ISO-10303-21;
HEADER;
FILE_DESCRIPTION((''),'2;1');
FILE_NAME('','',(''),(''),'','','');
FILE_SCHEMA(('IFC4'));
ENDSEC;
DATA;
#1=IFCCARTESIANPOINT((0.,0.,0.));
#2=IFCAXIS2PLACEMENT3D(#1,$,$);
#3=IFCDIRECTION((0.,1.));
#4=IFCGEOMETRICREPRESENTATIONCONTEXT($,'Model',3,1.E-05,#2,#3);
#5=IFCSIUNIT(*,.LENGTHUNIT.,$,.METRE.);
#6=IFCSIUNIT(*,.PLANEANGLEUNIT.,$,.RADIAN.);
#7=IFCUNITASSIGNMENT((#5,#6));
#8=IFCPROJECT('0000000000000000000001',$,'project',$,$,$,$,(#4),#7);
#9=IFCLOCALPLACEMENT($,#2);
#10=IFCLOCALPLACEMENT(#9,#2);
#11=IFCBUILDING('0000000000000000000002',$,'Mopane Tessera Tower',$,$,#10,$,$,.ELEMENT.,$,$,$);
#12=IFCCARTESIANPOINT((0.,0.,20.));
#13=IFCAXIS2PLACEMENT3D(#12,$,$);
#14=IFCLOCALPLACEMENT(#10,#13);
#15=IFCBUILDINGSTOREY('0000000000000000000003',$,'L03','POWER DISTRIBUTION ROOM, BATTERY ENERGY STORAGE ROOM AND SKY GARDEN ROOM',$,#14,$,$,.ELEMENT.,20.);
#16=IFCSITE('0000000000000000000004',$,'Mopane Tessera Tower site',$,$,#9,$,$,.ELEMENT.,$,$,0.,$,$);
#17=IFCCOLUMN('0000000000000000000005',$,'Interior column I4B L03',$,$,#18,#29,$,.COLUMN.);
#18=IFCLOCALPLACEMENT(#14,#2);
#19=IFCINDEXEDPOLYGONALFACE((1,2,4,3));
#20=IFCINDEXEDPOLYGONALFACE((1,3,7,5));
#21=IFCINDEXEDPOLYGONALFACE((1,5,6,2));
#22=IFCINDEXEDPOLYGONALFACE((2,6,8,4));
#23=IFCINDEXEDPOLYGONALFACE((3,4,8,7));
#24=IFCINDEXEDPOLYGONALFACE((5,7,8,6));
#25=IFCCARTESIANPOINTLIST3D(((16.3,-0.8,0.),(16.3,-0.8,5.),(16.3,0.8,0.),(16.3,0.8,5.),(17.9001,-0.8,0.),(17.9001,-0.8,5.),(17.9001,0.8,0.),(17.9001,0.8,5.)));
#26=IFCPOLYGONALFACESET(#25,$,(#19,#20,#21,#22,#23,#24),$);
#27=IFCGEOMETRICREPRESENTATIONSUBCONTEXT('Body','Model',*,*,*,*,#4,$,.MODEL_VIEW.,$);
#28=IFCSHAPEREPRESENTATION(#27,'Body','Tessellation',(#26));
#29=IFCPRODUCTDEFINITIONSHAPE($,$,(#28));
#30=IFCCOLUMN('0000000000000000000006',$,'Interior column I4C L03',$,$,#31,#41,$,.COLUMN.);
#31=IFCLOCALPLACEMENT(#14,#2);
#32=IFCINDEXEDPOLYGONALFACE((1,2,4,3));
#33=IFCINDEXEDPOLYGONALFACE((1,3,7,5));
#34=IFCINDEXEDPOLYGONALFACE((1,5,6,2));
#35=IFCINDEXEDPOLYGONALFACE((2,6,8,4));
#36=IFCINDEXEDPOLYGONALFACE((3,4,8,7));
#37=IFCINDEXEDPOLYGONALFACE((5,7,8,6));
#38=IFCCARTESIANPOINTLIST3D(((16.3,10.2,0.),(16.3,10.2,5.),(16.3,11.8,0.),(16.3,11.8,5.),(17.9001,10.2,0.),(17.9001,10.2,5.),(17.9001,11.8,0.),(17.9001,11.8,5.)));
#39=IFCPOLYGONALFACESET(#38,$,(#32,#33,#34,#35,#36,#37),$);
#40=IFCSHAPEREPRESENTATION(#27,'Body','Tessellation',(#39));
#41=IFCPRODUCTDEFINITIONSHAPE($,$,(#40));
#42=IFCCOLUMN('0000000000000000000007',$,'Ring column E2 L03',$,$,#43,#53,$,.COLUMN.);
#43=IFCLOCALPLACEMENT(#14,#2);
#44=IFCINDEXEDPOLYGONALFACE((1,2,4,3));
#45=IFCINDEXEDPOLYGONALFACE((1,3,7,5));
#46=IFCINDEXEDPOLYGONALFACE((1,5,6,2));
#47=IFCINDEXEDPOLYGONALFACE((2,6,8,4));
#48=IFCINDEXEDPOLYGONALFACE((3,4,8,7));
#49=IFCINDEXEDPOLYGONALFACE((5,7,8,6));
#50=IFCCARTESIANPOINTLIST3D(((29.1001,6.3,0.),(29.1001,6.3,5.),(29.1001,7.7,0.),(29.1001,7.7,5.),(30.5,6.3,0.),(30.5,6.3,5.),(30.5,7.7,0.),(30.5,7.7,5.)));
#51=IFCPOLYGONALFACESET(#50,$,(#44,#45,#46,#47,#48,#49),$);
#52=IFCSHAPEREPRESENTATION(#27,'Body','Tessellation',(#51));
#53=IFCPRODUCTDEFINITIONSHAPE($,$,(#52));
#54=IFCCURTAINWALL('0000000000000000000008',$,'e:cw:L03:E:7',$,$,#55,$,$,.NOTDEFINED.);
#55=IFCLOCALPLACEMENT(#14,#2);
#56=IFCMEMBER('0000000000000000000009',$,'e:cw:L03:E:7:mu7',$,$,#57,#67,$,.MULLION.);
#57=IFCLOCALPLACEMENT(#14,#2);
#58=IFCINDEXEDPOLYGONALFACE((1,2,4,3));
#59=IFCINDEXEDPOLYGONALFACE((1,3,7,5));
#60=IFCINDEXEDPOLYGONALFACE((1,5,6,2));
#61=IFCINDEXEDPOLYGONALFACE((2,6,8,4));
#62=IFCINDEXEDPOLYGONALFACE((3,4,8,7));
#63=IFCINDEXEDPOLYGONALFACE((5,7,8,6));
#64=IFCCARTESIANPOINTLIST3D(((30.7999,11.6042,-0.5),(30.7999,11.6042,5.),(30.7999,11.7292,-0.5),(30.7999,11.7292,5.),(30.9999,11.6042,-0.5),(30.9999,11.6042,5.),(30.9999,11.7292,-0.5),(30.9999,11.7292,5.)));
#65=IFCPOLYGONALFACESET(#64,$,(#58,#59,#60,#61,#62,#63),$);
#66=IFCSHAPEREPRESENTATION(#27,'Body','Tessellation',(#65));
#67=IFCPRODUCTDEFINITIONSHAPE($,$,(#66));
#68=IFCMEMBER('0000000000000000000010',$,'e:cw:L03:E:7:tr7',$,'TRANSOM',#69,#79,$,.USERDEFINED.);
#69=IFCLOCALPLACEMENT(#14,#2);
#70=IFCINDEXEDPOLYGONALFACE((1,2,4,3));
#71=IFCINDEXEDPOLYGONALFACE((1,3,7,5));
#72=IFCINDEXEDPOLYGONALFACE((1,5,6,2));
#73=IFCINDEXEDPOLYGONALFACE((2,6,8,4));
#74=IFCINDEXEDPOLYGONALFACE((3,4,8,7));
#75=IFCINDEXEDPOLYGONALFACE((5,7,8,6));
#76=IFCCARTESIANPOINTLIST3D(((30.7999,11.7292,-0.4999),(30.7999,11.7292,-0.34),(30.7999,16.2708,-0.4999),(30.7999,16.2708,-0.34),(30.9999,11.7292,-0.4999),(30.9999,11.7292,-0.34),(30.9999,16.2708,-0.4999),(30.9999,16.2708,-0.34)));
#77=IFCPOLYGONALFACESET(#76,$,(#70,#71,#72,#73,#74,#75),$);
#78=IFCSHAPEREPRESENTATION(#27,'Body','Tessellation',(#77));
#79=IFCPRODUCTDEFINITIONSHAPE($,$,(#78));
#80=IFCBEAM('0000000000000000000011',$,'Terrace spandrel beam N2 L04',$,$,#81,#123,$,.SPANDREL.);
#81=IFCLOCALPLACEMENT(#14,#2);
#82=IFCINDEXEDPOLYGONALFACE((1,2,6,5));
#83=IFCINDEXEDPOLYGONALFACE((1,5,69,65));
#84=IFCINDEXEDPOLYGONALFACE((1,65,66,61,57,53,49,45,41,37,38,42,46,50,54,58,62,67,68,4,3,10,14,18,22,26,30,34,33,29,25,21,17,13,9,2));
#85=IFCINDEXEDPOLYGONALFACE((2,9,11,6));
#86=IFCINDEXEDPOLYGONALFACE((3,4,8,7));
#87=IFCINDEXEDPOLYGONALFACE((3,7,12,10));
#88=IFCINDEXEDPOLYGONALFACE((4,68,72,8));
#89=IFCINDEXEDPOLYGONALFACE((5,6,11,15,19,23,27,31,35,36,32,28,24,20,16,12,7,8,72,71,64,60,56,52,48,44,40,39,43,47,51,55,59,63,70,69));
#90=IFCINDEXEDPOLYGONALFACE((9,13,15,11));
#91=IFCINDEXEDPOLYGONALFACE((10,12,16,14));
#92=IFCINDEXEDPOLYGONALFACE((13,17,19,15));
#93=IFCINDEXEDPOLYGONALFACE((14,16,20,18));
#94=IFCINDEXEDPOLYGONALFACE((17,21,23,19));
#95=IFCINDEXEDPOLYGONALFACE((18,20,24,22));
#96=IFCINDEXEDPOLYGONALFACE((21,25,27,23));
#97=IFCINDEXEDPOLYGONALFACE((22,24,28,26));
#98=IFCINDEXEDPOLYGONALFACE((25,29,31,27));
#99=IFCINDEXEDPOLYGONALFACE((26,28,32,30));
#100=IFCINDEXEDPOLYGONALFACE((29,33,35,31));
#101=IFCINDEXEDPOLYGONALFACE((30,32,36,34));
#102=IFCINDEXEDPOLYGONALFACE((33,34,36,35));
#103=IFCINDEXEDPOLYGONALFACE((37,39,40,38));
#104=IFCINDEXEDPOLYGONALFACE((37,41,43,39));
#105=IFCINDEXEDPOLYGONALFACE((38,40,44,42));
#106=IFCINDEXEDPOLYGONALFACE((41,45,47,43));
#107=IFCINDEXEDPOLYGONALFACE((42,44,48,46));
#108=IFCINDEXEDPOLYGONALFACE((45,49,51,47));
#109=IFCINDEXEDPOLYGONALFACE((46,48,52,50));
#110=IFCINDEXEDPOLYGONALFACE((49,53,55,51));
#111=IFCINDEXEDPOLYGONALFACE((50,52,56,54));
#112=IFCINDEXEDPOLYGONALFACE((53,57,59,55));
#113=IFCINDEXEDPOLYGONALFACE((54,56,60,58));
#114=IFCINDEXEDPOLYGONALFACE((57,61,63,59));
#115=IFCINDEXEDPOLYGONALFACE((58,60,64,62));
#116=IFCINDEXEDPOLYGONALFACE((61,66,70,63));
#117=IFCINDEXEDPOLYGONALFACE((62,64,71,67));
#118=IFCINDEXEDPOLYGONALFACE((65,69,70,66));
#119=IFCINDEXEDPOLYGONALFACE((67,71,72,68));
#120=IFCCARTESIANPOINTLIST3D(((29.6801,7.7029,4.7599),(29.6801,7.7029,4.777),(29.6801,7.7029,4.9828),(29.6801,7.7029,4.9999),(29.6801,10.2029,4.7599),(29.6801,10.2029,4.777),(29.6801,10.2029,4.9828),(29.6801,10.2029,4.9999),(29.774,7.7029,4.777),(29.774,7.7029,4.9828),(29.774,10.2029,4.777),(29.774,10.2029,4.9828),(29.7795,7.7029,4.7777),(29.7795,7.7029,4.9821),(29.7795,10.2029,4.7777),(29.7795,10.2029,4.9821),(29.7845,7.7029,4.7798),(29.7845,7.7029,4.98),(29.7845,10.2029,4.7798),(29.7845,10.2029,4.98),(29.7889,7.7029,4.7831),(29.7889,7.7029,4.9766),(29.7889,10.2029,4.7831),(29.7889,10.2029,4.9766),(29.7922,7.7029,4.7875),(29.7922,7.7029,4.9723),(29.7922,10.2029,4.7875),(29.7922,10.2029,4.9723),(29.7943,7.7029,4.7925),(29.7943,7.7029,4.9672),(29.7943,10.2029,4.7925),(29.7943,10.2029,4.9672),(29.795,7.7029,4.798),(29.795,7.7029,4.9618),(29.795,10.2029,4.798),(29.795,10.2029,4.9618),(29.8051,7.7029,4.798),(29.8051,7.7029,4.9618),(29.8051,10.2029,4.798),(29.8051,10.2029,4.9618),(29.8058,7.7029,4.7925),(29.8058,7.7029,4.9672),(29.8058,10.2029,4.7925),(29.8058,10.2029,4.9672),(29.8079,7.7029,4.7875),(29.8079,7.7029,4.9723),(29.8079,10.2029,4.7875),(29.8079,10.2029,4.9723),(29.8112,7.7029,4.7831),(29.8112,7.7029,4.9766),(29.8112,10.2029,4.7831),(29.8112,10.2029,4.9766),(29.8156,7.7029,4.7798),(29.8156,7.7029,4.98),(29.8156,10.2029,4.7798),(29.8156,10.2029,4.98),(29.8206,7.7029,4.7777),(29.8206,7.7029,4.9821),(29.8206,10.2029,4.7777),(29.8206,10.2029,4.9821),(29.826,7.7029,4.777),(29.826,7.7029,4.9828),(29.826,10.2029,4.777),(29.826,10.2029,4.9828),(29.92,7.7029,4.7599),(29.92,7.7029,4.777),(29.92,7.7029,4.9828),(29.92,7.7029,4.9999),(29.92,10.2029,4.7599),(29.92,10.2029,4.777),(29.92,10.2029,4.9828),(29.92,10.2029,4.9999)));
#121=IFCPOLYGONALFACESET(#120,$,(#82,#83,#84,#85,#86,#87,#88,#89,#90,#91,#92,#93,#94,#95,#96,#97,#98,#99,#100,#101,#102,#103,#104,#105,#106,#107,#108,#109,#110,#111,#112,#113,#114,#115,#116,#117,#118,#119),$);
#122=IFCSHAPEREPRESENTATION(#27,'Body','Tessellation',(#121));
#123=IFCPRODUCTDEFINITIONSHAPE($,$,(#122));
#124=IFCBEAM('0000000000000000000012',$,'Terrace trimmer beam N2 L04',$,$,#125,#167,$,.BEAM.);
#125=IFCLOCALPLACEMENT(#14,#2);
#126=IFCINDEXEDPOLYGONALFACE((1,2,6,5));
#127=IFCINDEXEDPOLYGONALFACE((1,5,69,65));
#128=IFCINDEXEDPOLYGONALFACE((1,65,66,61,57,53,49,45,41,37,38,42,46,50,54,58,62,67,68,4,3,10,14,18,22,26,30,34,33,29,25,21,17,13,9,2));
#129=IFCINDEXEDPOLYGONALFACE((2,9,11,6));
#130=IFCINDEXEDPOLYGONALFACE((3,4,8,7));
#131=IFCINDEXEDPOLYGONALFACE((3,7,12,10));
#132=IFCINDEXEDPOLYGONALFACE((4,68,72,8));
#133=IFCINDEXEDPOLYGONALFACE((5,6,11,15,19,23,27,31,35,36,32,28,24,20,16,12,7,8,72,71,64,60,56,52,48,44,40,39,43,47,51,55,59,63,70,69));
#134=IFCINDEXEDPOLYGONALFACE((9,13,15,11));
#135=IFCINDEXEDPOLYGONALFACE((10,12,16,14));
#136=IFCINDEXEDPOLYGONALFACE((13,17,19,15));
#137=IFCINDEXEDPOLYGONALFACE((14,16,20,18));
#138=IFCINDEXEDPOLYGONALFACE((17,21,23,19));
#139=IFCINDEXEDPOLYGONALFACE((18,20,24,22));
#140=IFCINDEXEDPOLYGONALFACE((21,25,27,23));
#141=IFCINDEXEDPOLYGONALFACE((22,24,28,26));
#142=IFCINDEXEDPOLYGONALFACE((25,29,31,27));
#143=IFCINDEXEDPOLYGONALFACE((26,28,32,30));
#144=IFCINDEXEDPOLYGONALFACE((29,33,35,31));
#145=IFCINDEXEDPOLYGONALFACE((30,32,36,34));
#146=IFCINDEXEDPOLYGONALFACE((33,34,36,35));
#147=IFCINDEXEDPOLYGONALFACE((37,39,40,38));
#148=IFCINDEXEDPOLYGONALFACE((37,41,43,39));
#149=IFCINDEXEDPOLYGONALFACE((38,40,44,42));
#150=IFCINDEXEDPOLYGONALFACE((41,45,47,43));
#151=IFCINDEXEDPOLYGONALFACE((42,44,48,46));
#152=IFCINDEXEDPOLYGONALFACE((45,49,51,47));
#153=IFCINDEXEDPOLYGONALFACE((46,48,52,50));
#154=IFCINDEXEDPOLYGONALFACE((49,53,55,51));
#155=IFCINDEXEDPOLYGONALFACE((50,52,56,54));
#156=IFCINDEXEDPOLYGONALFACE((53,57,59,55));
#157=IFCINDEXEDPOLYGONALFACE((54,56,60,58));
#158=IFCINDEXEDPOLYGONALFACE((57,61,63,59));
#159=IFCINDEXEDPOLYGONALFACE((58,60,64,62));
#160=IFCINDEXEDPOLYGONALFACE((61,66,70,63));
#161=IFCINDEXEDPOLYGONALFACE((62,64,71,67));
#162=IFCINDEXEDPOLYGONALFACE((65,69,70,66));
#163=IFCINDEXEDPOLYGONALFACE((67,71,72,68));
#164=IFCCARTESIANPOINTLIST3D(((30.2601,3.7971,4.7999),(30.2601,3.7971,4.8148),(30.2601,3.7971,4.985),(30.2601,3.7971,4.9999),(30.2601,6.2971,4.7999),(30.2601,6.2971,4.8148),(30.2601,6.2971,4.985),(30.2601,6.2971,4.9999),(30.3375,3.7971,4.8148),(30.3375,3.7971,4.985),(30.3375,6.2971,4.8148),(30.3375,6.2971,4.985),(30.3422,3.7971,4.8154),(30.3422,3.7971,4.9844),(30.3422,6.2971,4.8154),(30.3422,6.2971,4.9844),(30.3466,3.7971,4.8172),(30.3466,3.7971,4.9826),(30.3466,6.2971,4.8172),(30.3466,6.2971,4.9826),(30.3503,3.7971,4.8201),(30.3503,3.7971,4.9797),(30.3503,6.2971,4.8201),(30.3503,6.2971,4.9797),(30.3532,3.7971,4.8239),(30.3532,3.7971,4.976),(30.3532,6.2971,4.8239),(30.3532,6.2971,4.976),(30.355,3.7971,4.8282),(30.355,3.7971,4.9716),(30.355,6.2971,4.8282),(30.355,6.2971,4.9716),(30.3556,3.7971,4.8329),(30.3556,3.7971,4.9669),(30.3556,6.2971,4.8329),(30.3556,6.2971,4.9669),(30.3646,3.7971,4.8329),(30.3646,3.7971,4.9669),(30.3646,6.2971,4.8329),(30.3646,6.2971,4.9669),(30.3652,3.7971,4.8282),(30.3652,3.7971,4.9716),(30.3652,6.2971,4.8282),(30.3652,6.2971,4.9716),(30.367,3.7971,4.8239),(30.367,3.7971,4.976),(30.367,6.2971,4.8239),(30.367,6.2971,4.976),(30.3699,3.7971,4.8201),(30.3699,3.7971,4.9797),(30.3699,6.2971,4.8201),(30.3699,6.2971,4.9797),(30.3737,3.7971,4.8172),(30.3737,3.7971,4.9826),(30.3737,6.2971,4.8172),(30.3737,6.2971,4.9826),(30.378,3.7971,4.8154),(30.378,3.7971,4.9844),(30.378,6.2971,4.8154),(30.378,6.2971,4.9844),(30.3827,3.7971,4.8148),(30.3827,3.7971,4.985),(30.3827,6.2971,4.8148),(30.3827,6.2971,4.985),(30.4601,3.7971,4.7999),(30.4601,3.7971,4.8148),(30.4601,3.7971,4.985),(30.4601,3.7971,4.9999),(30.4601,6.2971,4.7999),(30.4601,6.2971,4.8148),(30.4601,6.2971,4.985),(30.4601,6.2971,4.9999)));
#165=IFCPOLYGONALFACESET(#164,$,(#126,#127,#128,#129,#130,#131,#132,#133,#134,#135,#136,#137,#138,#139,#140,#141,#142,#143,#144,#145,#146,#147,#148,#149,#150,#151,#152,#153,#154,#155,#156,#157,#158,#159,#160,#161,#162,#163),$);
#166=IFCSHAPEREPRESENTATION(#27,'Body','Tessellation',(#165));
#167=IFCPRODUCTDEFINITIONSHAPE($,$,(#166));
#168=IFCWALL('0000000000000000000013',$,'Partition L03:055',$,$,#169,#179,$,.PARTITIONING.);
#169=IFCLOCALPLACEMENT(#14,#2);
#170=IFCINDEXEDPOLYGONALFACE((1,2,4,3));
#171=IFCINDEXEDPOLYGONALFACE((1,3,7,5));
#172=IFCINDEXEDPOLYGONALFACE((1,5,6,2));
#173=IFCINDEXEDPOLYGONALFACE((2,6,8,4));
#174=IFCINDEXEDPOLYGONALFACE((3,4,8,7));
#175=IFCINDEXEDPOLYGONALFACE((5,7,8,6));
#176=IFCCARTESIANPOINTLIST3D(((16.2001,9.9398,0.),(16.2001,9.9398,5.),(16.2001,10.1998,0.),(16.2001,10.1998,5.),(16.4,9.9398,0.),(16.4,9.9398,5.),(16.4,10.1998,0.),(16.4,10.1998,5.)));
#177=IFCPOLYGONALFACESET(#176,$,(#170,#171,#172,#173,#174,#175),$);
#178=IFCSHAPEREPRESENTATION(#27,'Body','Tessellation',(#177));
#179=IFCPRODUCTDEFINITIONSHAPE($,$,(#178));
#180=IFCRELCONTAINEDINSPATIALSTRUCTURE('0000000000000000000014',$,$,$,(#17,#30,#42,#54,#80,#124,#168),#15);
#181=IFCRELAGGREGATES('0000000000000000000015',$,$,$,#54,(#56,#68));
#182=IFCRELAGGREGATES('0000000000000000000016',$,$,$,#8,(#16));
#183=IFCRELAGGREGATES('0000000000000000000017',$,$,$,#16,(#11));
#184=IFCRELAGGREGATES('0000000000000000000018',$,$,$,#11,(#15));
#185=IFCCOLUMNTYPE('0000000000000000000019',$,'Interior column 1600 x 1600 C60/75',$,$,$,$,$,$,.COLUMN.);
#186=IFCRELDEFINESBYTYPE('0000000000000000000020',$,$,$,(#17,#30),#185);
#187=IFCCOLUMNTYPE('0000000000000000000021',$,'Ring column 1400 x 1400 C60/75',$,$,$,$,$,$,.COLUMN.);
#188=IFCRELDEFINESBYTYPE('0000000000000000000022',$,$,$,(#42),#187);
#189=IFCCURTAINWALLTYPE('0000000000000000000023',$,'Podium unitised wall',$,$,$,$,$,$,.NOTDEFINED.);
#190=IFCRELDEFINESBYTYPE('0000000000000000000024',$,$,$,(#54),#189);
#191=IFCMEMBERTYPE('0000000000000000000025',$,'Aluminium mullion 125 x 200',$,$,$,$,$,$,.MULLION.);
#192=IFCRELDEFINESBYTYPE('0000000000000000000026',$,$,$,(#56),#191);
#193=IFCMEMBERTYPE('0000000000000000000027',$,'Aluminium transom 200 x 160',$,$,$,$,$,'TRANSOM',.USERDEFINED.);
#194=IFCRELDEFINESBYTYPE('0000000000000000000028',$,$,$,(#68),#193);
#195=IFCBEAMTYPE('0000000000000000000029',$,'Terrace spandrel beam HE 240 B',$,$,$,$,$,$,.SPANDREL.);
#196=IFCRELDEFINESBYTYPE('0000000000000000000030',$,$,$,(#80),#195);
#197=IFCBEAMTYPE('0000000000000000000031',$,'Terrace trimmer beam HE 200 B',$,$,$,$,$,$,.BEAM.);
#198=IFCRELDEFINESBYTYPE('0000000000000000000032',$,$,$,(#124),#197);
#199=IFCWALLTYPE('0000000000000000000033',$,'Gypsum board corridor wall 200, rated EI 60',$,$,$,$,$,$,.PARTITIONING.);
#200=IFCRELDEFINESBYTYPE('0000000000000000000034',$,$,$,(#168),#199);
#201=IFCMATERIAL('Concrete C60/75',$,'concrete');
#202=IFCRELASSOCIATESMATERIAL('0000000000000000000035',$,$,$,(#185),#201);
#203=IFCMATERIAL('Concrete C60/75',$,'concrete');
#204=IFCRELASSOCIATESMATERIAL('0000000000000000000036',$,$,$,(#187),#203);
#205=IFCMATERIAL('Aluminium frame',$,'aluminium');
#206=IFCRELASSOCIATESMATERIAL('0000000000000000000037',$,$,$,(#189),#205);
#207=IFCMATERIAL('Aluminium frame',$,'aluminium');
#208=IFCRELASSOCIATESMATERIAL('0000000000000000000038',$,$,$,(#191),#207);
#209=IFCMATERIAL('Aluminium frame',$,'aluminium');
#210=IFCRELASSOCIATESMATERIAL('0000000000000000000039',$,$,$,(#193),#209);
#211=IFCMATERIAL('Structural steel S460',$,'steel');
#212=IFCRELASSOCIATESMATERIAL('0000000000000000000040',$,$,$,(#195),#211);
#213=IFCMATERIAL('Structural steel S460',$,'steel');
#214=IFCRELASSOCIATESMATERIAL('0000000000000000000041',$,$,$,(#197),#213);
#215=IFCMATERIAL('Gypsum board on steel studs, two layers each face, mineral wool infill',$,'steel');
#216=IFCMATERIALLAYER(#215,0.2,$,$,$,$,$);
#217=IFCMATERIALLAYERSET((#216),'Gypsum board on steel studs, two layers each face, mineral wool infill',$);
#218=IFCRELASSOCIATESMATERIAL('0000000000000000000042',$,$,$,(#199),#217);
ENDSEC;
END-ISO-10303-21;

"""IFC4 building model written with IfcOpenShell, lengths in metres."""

from ifc_helpers import new_model, si_unit, direction, frame, frame_2d, origin, origin_2d, place, context, subcontext, project, spatial, rectangle, i_section, extrude, material, layer, layer_set, material_profile, profile_set, type_object, element, aggregate, save


model = new_model("IFC4")

# Units and contexts
model_context = context("Model", 3, precision=1e-05, world=origin(), true_north=direction((0.0, 1.0)))
body_context = subcontext(model_context, "Body", "Model", "MODEL_VIEW")
ifc_project = project(units=[si_unit("LENGTHUNIT", "METRE"), si_unit("PLANEANGLEUNIT", "RADIAN")], contexts=[model_context])

# Site, building, storey
site_placement = place(None, origin())
site = spatial("IfcSite", under=ifc_project, at=site_placement, Name="Mopane Tessera Tower site", CompositionType="ELEMENT", RefElevation=0.0)
building_placement = place(site_placement, origin())
building = spatial("IfcBuilding", under=site, at=building_placement, Name="Mopane Tessera Tower", CompositionType="ELEMENT")
storey_placement = place(building_placement, frame((0.0, 0.0, 20.0)))
storey = spatial("IfcBuildingStorey", under=building, at=storey_placement, Name="L03", Description="POWER DISTRIBUTION ROOM, BATTERY ENERGY STORAGE ROOM AND SKY GARDEN ROOM", CompositionType="ELEMENT", Elevation=20.0)

# Columns
ifc_material_1 = material(Name="Concrete C60/75", Category="concrete")
ifc_material_profile_1 = material_profile(ifc_material_1, rectangle(XDim=1.6001, YDim=1.6001, at=origin_2d()))
ifc_profile_set_1 = profile_set([ifc_material_profile_1], Name="Concrete C60/75")
column_type_1 = type_object("IfcColumnType", Name="Interior column 1600 x 1600 C60/75", PredefinedType="COLUMN", material=ifc_profile_set_1)
for number, where, z_axis, x_axis, name in (
    (1, (17.1001, 0.0, 0.0), (0.0, 0.0, 1.0), (1.0, 0.0, 0.0), "Interior column I4B L03"),
    (2, (17.1001, 11.0, 0.0), (0.0, 0.0, 1.0), (1.0, 0.0, 0.0), "Interior column I4C L03"),
):
    element("IfcColumn", number, at=place(storey_placement, frame(where, z_axis=z_axis, x_axis=x_axis)), inside=storey, type_object=column_type_1, Name=name, PredefinedType="COLUMN", context=body_context, shape_type="SweptSolid", body=[
        extrude(rectangle(XDim=1.6001, YDim=1.6001, at=origin_2d()), origin(), (0.0, 0.0, 1.0), 5.0),
    ])
ifc_material_2 = material(Name="Concrete C60/75", Category="concrete")
ifc_material_profile_2 = material_profile(ifc_material_2, rectangle(XDim=1.3999, YDim=1.3999, at=origin_2d()))
ifc_profile_set_2 = profile_set([ifc_material_profile_2], Name="Concrete C60/75")
column_type_2 = type_object("IfcColumnType", Name="Ring column 1400 x 1400 C60/75", PredefinedType="COLUMN", material=ifc_profile_set_2)
column_placement = place(storey_placement, frame((29.8, 7.0, 0.0), z_axis=(0.0, 0.0, 1.0), x_axis=(1.0, 0.0, 0.0)))
element("IfcColumn", 3, at=column_placement, inside=storey, type_object=column_type_2, Name="Ring column E2 L03", PredefinedType="COLUMN", context=body_context, shape_type="SweptSolid", body=[
    extrude(rectangle(XDim=1.3999, YDim=1.3999, at=origin_2d()), origin(), (0.0, 0.0, 1.0), 5.0),
])

# Curtain wall, members
ifc_material_3 = material(Name="Aluminium frame", Category="aluminium")
curtain_wall_type = type_object("IfcCurtainWallType", Name="Podium unitised wall", PredefinedType="NOTDEFINED", material=ifc_material_3)
curtain_wall_placement = place(storey_placement, origin())
curtain_wall = element("IfcCurtainWall", 4, at=curtain_wall_placement, inside=storey, type_object=curtain_wall_type, Name="e:cw:L03:E:7", PredefinedType="NOTDEFINED")
ifc_material_4 = material(Name="Aluminium frame", Category="aluminium")
ifc_material_profile_3 = material_profile(ifc_material_4, rectangle(XDim=0.125, YDim=0.2, at=origin_2d()))
ifc_profile_set_3 = profile_set([ifc_material_profile_3], Name="Aluminium frame")
member_type_1 = type_object("IfcMemberType", Name="Aluminium mullion 125 x 200", PredefinedType="MULLION", material=ifc_profile_set_3)
member_1_placement = place(storey_placement, frame((30.8999, 11.6667, -0.5), z_axis=(0.0, 0.0, 1.0), x_axis=(0.0, 1.0, 0.0)))
member_1 = element("IfcMember", 5, at=member_1_placement, type_object=member_type_1, Name="e:cw:L03:E:7:mu7", PredefinedType="MULLION", context=body_context, shape_type="SweptSolid", body=[
    extrude(rectangle(XDim=0.125, YDim=0.2, at=origin_2d()), origin(), (0.0, 0.0, 1.0), 5.5),
])
ifc_material_5 = material(Name="Aluminium frame", Category="aluminium")
ifc_material_profile_4 = material_profile(ifc_material_5, rectangle(XDim=0.2, YDim=0.1599, at=origin_2d()))
ifc_profile_set_4 = profile_set([ifc_material_profile_4], Name="Aluminium frame")
member_type_2 = type_object("IfcMemberType", Name="Aluminium transom 200 x 160", ElementType="TRANSOM", PredefinedType="USERDEFINED", material=ifc_profile_set_4)
member_2_placement = place(storey_placement, frame((30.8999, 11.7292, -0.4199), z_axis=(0.0, 1.0, 0.0), x_axis=(-1.0, 0.0, 0.0)))
member_2 = element("IfcMember", 6, at=member_2_placement, type_object=member_type_2, Name="e:cw:L03:E:7:tr7", ObjectType="TRANSOM", PredefinedType="USERDEFINED", context=body_context, shape_type="SweptSolid", body=[
    extrude(rectangle(XDim=0.2, YDim=0.1599, at=origin_2d()), origin(), (0.0, 0.0, 1.0), 4.5415),
])
aggregate(curtain_wall, [member_1, member_2])

# Beams
ifc_material_6 = material(Name="Structural steel S460", Category="steel")
ifc_material_profile_5 = material_profile(ifc_material_6, i_section(OverallWidth=0.24, OverallDepth=0.24, WebThickness=0.01, FlangeThickness=0.0171, FilletRadius=0.021, at=origin_2d()))
ifc_profile_set_5 = profile_set([ifc_material_profile_5], Name="Structural steel S460")
beam_type_1 = type_object("IfcBeamType", Name="Terrace spandrel beam HE 240 B", PredefinedType="SPANDREL", material=ifc_profile_set_5)
beam_1_placement = place(storey_placement, frame((29.8, 7.7029, 4.8799), z_axis=(0.0, 1.0, 0.0), x_axis=(-1.0, 0.0, 0.0)))
element("IfcBeam", 7, at=beam_1_placement, inside=storey, type_object=beam_type_1, Name="Terrace spandrel beam N2 L04", PredefinedType="SPANDREL", context=body_context, shape_type="SweptSolid", body=[
    extrude(i_section(OverallWidth=0.24, OverallDepth=0.24, WebThickness=0.01, FlangeThickness=0.0171, FilletRadius=0.021, at=origin_2d()), origin(), (0.0, 0.0, 1.0), 2.5),
])
ifc_material_7 = material(Name="Structural steel S460", Category="steel")
ifc_material_profile_6 = material_profile(ifc_material_7, i_section(OverallWidth=0.2, OverallDepth=0.2, WebThickness=0.009, FlangeThickness=0.0149, FilletRadius=0.0181, at=origin_2d()))
ifc_profile_set_6 = profile_set([ifc_material_profile_6], Name="Structural steel S460")
beam_type_2 = type_object("IfcBeamType", Name="Terrace trimmer beam HE 200 B", PredefinedType="BEAM", material=ifc_profile_set_6)
beam_2_placement = place(storey_placement, frame((30.3601, 6.2971, 4.8999), z_axis=(0.0, -1.0, 0.0), x_axis=(1.0, 0.0, 0.0)))
element("IfcBeam", 8, at=beam_2_placement, inside=storey, type_object=beam_type_2, Name="Terrace trimmer beam N2 L04", PredefinedType="BEAM", context=body_context, shape_type="SweptSolid", body=[
    extrude(i_section(OverallWidth=0.2, OverallDepth=0.2, WebThickness=0.009, FlangeThickness=0.0149, FilletRadius=0.0181, at=origin_2d()), origin(), (0.0, 0.0, 1.0), 2.5),
])

# Wall
ifc_material_8 = material(Name="Gypsum board on steel studs, two layers each face, mineral wool infill", Category="steel")
ifc_layer_1 = layer(ifc_material_8, 0.2)
ifc_layer_set_1 = layer_set([ifc_layer_1], Name="Gypsum board on steel studs, two layers each face, mineral wool infill")
wall_type_1 = type_object("IfcWallType", Name="Gypsum board corridor wall 200, rated EI 60", PredefinedType="PARTITIONING", material=ifc_layer_set_1)
wall_1_placement = place(storey_placement, frame((16.3, 9.9399, 0.0), z_axis=(0.0, 0.0, 1.0), x_axis=(0.0, 1.0, 0.0)))
element("IfcWall", 9, at=wall_1_placement, inside=storey, type_object=wall_type_1, Name="Partition L03:055", PredefinedType="PARTITIONING", context=body_context, shape_type="SweptSolid", body=[
    extrude(rectangle(XDim=0.26, YDim=0.2, at=frame_2d((0.1299, 0.0))), origin(), (0.0, 0.0, 1.0), 5.0),
])

save(model, "model.ifc")
